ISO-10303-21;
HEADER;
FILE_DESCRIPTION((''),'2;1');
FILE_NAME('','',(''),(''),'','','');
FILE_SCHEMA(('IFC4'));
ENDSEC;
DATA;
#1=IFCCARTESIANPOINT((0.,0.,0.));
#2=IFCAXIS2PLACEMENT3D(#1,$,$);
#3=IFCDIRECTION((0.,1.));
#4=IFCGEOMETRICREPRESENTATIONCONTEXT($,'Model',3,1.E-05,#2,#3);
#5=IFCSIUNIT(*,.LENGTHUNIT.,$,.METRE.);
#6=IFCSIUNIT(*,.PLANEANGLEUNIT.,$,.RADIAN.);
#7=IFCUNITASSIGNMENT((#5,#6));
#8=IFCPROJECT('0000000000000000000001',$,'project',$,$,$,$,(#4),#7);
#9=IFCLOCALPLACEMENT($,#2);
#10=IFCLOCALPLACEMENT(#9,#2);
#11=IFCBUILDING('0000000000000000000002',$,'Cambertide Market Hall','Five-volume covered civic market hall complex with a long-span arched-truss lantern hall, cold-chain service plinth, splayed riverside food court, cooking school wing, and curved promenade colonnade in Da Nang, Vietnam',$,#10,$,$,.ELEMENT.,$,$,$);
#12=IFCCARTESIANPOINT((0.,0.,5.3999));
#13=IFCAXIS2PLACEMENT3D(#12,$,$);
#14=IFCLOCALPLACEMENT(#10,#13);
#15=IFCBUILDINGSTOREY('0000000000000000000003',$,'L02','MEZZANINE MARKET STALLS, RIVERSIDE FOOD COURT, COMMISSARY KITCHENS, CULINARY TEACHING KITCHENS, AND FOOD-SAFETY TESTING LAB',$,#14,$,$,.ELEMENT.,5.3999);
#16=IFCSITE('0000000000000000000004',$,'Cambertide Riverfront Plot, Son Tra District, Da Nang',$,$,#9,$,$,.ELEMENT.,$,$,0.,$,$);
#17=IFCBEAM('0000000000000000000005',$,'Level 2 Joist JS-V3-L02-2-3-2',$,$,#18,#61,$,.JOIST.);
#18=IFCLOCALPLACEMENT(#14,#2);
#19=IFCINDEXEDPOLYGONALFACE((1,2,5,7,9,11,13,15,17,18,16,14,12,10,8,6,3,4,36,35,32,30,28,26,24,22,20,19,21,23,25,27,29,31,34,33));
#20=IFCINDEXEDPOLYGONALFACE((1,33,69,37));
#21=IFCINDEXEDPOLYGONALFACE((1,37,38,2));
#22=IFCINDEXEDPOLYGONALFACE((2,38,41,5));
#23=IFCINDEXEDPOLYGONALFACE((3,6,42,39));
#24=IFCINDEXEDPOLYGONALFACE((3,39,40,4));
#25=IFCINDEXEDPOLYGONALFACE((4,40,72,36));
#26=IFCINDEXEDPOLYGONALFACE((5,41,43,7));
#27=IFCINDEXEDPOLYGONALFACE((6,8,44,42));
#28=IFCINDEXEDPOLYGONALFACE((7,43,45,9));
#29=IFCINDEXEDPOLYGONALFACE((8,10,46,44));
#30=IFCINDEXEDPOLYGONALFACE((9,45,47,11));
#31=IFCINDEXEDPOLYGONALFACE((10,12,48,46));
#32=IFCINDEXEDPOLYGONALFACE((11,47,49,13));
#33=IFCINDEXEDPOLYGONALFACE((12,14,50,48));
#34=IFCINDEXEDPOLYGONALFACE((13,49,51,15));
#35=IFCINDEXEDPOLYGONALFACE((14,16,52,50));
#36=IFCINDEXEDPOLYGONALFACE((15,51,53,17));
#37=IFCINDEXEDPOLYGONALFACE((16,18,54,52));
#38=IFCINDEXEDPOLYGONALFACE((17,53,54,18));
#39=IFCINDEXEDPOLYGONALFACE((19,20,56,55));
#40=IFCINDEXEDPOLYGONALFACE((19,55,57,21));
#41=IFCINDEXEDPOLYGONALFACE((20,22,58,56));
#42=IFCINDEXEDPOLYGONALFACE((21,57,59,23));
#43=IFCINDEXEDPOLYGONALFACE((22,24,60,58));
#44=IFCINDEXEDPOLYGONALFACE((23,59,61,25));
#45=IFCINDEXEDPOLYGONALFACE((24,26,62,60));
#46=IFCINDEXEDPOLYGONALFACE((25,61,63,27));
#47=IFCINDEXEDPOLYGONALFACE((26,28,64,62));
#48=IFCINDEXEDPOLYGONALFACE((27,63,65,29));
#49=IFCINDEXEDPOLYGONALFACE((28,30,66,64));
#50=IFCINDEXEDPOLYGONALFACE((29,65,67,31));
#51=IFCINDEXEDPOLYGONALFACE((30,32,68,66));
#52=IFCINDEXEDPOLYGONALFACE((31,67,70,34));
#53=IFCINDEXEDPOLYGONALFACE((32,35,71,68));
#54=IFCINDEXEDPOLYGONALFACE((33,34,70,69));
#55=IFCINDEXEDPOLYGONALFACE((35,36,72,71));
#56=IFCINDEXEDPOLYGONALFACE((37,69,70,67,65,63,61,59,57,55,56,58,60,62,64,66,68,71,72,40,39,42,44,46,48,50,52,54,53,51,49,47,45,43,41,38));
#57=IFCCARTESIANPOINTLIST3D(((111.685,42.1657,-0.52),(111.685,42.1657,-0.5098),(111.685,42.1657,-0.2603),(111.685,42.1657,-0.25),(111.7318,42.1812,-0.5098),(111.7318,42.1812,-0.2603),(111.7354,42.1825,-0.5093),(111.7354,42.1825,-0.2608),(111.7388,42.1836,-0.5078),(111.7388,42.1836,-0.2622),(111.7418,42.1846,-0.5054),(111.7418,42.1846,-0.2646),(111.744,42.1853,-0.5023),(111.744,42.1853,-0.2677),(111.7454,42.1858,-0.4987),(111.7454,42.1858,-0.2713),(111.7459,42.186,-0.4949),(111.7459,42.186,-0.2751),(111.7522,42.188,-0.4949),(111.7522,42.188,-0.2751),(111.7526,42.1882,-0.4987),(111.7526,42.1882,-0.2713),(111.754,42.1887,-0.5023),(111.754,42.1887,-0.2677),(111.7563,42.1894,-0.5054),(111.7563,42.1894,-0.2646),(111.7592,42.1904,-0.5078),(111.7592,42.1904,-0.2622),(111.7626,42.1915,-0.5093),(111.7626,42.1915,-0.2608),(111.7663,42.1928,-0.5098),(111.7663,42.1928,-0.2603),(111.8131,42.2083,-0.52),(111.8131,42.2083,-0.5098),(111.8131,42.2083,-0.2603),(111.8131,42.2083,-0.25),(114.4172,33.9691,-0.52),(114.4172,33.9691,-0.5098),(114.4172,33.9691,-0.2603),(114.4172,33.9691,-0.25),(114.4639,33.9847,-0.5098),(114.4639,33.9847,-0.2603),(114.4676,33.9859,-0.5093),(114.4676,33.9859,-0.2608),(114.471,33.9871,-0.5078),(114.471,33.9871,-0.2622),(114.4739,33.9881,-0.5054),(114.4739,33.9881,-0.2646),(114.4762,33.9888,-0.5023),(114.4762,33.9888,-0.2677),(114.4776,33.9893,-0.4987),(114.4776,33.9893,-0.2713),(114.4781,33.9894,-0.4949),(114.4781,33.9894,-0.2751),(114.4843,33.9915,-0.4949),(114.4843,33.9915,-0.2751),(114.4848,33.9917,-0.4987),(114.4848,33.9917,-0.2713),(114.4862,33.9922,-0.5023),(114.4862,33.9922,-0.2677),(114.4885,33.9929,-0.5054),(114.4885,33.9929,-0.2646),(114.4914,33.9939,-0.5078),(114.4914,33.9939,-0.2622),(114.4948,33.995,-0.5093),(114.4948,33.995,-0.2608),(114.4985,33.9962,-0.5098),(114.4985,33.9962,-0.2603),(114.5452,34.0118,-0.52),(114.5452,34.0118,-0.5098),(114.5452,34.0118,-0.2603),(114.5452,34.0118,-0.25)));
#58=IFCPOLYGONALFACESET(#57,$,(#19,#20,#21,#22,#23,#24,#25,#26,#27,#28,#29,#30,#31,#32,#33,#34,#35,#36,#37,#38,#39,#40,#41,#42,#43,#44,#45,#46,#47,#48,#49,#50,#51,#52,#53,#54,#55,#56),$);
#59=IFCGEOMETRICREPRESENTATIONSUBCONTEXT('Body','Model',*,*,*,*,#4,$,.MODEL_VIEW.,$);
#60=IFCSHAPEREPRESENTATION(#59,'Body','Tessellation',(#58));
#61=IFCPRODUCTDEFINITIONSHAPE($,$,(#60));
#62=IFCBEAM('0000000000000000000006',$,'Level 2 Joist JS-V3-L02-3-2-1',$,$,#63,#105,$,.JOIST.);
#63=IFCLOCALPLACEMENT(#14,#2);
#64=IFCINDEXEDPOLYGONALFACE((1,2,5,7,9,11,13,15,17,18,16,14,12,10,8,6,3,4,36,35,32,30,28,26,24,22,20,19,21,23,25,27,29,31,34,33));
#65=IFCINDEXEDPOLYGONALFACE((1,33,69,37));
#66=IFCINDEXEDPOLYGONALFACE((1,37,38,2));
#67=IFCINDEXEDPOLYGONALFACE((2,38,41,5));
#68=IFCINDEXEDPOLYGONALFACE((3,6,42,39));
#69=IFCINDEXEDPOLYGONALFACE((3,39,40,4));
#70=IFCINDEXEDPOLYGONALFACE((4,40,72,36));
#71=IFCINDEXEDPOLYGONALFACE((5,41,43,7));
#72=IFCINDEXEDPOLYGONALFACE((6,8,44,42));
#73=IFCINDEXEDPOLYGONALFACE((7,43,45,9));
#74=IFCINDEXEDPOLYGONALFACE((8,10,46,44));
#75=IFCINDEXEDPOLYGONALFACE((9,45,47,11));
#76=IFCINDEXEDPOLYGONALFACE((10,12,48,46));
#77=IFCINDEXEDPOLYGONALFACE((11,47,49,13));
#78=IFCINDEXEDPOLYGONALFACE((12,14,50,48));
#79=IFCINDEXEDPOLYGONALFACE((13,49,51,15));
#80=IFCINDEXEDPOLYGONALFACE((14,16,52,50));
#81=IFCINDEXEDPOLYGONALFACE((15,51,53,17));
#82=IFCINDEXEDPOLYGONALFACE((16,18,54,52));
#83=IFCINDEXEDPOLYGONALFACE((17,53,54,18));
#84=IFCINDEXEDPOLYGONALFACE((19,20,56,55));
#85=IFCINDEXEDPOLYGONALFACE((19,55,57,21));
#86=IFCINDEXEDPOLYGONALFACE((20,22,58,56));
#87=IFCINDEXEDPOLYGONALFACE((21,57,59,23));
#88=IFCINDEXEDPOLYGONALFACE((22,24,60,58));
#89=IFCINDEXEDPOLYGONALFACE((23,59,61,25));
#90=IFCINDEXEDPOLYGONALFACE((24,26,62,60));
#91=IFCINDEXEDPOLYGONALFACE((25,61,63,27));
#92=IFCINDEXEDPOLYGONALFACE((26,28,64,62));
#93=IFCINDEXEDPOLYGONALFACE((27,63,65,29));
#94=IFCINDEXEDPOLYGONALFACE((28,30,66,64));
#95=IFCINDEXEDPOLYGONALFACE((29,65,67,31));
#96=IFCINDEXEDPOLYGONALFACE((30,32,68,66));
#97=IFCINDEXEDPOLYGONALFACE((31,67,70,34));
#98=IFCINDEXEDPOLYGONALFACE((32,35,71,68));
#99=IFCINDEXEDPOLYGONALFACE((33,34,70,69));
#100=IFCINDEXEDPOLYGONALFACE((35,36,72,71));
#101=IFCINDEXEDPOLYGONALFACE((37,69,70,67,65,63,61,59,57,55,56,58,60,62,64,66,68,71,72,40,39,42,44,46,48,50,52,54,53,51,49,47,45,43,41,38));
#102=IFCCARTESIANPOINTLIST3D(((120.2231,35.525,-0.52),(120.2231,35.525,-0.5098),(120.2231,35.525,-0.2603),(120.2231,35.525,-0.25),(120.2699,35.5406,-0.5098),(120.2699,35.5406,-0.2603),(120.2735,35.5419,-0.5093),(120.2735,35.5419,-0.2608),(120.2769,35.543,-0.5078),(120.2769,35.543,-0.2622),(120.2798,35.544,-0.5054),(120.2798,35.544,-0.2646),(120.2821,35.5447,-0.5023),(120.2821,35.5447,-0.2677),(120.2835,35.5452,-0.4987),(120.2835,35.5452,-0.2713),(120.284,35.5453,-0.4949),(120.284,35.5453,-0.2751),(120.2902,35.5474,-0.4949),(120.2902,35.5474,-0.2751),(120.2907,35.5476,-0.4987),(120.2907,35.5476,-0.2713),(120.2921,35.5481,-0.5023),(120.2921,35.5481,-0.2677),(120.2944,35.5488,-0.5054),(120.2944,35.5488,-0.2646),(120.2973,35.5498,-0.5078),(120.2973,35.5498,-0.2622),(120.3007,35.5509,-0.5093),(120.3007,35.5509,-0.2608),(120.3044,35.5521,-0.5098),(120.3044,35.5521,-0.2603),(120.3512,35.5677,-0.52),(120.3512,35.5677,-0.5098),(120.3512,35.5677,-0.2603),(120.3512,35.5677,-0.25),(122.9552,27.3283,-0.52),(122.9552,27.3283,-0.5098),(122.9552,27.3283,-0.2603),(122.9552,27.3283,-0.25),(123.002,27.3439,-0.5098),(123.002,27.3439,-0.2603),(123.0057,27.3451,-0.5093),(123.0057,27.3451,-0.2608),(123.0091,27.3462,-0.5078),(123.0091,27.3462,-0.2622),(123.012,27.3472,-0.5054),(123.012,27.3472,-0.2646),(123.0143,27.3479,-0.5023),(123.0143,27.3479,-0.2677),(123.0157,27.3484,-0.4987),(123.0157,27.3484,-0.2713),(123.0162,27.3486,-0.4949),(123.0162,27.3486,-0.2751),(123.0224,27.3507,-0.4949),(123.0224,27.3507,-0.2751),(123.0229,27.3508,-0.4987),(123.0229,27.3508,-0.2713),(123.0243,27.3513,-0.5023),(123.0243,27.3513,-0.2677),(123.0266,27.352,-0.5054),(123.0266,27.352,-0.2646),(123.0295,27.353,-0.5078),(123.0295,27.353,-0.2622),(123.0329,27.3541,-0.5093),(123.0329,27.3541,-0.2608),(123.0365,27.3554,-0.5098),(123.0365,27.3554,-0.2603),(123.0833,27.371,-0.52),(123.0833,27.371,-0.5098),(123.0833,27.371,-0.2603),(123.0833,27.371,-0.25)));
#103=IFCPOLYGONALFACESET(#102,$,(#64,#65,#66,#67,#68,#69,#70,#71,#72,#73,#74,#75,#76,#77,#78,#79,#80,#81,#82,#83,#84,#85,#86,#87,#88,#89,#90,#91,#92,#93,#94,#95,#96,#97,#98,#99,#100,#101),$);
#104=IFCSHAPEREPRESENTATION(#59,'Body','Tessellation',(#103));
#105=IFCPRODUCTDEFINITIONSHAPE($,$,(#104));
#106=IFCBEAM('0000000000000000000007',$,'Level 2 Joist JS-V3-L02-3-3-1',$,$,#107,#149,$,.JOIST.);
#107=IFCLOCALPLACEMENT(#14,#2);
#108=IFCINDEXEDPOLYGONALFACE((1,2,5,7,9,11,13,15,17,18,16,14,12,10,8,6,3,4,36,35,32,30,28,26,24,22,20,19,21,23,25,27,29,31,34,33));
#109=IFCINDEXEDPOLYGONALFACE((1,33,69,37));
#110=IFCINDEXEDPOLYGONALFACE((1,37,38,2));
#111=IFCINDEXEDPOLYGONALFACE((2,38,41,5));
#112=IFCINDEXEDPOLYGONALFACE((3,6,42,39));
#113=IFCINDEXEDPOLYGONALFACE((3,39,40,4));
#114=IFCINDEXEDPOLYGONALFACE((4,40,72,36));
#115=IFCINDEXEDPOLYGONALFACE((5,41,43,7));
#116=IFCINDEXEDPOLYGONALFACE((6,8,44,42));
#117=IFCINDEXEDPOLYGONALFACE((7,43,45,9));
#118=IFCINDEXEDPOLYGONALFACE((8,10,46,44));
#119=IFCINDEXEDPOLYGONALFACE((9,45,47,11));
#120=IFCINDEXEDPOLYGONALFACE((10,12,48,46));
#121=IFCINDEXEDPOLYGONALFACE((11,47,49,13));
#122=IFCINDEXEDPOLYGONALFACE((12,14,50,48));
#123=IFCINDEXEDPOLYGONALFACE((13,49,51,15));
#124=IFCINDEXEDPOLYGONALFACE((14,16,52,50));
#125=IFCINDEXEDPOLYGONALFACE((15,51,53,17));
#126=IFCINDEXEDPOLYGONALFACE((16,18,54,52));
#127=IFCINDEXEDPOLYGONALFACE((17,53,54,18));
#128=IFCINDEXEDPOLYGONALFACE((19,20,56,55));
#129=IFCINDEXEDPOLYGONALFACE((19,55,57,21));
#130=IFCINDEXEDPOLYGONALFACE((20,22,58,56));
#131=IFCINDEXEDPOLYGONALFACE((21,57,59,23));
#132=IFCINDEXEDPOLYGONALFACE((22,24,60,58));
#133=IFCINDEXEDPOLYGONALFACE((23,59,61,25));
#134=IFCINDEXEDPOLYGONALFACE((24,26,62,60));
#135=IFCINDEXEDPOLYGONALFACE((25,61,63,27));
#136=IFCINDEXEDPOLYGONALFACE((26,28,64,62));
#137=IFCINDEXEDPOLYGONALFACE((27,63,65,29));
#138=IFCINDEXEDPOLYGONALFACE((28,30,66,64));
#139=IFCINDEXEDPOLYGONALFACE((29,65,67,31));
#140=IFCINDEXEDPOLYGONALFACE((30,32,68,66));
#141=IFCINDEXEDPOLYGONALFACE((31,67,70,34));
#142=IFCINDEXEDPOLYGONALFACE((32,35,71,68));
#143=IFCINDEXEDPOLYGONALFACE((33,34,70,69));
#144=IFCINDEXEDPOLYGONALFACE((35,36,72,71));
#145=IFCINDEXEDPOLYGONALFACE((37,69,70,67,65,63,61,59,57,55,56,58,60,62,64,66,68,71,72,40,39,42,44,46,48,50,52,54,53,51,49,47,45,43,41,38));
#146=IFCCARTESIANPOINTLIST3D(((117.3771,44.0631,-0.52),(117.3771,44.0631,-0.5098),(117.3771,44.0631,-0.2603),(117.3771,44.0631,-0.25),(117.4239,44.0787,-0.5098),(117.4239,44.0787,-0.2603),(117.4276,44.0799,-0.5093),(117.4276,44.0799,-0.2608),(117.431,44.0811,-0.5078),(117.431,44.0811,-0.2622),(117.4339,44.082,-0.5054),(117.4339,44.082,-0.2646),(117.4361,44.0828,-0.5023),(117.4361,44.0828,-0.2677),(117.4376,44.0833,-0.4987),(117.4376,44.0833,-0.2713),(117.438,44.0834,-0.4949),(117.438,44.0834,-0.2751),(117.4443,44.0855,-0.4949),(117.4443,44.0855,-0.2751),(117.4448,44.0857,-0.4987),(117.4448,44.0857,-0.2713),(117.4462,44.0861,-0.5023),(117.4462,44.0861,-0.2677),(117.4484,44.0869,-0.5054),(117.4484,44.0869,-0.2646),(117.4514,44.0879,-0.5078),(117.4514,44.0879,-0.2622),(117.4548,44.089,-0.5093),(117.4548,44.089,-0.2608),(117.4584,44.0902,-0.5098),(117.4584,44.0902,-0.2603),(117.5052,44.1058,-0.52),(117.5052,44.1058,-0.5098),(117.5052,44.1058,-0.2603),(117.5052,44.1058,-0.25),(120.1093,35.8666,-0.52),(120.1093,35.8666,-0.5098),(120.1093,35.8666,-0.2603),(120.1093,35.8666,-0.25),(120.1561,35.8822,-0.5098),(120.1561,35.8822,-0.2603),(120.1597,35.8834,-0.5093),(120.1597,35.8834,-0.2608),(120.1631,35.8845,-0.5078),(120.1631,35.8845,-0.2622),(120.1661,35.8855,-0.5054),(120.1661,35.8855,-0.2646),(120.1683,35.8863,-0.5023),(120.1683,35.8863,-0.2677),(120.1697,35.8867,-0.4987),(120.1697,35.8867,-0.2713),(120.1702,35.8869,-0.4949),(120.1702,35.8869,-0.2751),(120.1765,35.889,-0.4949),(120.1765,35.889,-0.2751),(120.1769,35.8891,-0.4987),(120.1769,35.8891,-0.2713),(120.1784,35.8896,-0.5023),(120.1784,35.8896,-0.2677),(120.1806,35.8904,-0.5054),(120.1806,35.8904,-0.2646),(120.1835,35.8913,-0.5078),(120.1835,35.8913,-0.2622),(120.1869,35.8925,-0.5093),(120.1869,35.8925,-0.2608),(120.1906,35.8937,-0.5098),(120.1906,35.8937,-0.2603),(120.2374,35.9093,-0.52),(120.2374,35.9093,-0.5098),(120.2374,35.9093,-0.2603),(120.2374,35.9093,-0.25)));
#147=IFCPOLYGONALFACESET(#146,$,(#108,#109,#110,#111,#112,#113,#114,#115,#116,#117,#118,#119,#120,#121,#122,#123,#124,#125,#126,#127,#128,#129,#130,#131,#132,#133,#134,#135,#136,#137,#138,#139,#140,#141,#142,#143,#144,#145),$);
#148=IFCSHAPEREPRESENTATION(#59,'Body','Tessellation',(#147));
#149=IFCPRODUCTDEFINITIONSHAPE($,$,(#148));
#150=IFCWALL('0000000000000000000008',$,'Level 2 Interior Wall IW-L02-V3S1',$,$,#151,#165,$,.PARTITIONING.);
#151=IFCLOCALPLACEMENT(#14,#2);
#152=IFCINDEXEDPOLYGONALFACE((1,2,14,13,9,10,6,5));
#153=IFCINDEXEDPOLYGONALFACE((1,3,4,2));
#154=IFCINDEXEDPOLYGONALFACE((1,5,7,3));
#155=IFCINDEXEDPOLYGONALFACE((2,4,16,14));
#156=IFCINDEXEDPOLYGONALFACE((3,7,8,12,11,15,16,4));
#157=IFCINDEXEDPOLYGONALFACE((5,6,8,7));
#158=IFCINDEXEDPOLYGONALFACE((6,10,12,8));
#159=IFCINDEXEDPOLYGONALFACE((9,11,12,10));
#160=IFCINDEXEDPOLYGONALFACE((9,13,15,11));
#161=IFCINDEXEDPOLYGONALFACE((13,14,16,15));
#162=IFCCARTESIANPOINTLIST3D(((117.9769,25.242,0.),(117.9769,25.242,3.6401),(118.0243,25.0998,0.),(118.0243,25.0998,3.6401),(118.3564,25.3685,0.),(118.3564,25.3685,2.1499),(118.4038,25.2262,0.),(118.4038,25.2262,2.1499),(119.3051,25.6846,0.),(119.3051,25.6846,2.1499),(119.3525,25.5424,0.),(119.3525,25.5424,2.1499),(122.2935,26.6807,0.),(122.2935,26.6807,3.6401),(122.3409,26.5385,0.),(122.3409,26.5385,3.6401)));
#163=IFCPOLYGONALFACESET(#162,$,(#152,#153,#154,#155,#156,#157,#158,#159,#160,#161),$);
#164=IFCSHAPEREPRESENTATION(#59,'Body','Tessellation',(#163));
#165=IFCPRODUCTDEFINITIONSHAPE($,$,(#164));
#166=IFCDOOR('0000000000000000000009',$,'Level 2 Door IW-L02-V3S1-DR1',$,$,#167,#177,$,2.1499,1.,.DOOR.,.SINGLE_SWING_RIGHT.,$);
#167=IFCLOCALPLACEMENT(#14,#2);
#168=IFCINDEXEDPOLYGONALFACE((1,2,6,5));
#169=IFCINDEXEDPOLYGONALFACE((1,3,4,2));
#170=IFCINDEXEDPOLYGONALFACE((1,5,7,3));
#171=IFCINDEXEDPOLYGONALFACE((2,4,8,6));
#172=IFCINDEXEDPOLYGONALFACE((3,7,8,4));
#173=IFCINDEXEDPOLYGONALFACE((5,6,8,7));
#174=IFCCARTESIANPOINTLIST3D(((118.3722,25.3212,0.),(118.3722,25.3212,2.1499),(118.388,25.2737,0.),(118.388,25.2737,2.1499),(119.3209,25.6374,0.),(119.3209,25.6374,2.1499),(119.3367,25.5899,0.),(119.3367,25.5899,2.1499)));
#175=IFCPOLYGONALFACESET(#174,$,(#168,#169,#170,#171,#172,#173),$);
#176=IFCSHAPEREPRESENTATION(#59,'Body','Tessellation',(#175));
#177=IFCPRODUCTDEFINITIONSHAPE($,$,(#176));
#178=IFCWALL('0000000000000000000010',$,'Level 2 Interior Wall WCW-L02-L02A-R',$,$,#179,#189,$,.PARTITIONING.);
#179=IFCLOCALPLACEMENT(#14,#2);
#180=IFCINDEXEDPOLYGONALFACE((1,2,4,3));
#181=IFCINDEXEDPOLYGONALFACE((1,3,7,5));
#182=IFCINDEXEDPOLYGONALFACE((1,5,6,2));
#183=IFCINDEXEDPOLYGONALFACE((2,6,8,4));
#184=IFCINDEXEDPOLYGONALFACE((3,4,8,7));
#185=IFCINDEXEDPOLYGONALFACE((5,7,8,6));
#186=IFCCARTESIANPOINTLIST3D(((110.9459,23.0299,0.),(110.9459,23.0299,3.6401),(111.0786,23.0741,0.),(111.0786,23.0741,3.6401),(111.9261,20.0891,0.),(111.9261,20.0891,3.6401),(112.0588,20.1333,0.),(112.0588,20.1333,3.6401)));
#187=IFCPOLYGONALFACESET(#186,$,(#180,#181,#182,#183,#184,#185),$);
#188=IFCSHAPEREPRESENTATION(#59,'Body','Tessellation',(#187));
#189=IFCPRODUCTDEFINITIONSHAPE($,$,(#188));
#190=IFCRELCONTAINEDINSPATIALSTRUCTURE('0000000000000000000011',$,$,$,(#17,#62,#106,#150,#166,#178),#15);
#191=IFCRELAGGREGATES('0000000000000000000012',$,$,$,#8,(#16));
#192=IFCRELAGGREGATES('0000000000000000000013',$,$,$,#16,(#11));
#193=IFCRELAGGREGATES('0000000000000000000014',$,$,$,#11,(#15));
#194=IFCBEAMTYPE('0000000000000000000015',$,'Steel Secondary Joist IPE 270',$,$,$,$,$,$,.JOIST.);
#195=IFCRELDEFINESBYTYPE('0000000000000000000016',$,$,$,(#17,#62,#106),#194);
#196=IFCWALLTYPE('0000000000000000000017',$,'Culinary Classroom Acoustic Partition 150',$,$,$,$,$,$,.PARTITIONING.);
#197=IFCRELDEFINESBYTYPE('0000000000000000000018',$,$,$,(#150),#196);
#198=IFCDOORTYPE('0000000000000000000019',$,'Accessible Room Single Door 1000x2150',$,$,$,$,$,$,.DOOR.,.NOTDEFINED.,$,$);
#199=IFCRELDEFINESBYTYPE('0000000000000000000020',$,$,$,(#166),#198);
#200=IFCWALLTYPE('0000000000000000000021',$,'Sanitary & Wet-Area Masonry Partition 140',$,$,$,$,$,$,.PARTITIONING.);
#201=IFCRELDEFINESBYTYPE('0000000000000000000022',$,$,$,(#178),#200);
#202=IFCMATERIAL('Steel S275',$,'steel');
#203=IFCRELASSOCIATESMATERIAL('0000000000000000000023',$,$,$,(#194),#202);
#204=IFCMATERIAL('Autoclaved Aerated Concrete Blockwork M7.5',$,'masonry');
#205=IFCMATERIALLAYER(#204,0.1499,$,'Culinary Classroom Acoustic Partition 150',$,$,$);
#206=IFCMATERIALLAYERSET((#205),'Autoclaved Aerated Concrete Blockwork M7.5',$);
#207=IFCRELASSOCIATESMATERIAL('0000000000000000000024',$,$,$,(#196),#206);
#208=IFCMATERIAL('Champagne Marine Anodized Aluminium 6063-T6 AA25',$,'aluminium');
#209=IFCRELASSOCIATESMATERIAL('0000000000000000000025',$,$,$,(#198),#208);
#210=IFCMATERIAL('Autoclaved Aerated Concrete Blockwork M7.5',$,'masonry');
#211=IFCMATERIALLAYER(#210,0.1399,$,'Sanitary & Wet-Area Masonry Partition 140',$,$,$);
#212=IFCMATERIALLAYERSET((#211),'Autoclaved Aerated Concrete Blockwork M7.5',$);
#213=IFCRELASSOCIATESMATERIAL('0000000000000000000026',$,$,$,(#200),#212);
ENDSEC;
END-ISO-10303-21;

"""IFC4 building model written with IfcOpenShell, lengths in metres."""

from ifc_helpers import new_model, si_unit, direction, frame, frame_2d, origin, origin_2d, place, context, subcontext, project, spatial, rectangle, i_section, extrude, material, layer, layer_set, material_profile, profile_set, type_object, element, fill, save


model = new_model("IFC4")

# Units and contexts
model_context = context("Model", 3, precision=1e-05, world=origin(), true_north=direction((0.0, 1.0)))
body_context = subcontext(model_context, "Body", "Model", "MODEL_VIEW")
ifc_project = project(units=[si_unit("LENGTHUNIT", "METRE"), si_unit("PLANEANGLEUNIT", "RADIAN")], contexts=[model_context])

# Site, building, storey
site_placement = place(None, origin())
site = spatial("IfcSite", under=ifc_project, at=site_placement, Name="Cambertide Riverfront Plot, Son Tra District, Da Nang", CompositionType="ELEMENT", RefElevation=0.0)
building_placement = place(site_placement, origin())
building = spatial("IfcBuilding", under=site, at=building_placement, Name="Cambertide Market Hall", Description="Five-volume covered civic market hall complex with a long-span arched-truss lantern hall, cold-chain service plinth, splayed riverside food court, cooking school wing, and curved promenade colonnade in Da Nang, Vietnam", CompositionType="ELEMENT")
storey_placement = place(building_placement, frame((0.0, 0.0, 5.3999)))
storey = spatial("IfcBuildingStorey", under=building, at=storey_placement, Name="L02", Description="MEZZANINE MARKET STALLS, RIVERSIDE FOOD COURT, COMMISSARY KITCHENS, CULINARY TEACHING KITCHENS, AND FOOD-SAFETY TESTING LAB", CompositionType="ELEMENT", Elevation=5.3999)

# Beams
ifc_material_1 = material(Name="Steel S275", Category="steel")
ifc_material_profile_1 = material_profile(ifc_material_1, i_section(OverallWidth=0.135, OverallDepth=0.27, WebThickness=0.0066, FlangeThickness=0.0103, FilletRadius=0.0149, at=origin_2d()), Name="IPE 270")
ifc_profile_set_1 = profile_set([ifc_material_profile_1], Name="Steel S275")
beam_type_1 = type_object("IfcBeamType", Name="Steel Secondary Joist IPE 270", PredefinedType="JOIST", material=ifc_profile_set_1)
beam_1_placement = place(storey_placement, frame((114.4812, 33.9905, -0.385), z_axis=(-0.316228, 0.948683, 0.0), x_axis=(-0.948683, -0.316228, 0.0)))
element("IfcBeam", 1, at=beam_1_placement, inside=storey, type_object=beam_type_1, Name="Level 2 Joist JS-V3-L02-2-3-2", PredefinedType="JOIST", context=body_context, shape_type="SweptSolid", body=[
    extrude(i_section(OverallWidth=0.135, OverallDepth=0.27, WebThickness=0.0066, FlangeThickness=0.0103, FilletRadius=0.0149, at=origin_2d()), origin(), (0.0, 0.0, 1.0), 8.6399),
])
beam_2_placement = place(storey_placement, frame((123.0193, 27.3496, -0.385), z_axis=(-0.316219, 0.948686, 0.0), x_axis=(-0.948686, -0.316219, 0.0)))
element("IfcBeam", 2, at=beam_2_placement, inside=storey, type_object=beam_type_1, Name="Level 2 Joist JS-V3-L02-3-2-1", PredefinedType="JOIST", context=body_context, shape_type="SweptSolid", body=[
    extrude(i_section(OverallWidth=0.135, OverallDepth=0.27, WebThickness=0.0066, FlangeThickness=0.0103, FilletRadius=0.0149, at=origin_2d()), origin(), (0.0, 0.0, 1.0), 8.6401),
])
beam_3_placement = place(storey_placement, frame((120.1733, 35.8879, -0.385), z_axis=(-0.316228, 0.948683, 0.0), x_axis=(-0.948683, -0.316228, 0.0)))
element("IfcBeam", 3, at=beam_3_placement, inside=storey, type_object=beam_type_1, Name="Level 2 Joist JS-V3-L02-3-3-1", PredefinedType="JOIST", context=body_context, shape_type="SweptSolid", body=[
    extrude(i_section(OverallWidth=0.135, OverallDepth=0.27, WebThickness=0.0066, FlangeThickness=0.0103, FilletRadius=0.0149, at=origin_2d()), origin(), (0.0, 0.0, 1.0), 8.6399),
])

# Wall, opening, door
ifc_material_2 = material(Name="Autoclaved Aerated Concrete Blockwork M7.5", Category="masonry")
ifc_layer_1 = layer(ifc_material_2, 0.1499, Name="Culinary Classroom Acoustic Partition 150")
ifc_layer_set_1 = layer_set([ifc_layer_1], Name="Autoclaved Aerated Concrete Blockwork M7.5")
wall_type_1 = type_object("IfcWallType", Name="Culinary Classroom Acoustic Partition 150", PredefinedType="PARTITIONING", material=ifc_layer_set_1)
wall_1_placement = place(storey_placement, frame((118.0007, 25.1709, 0.0), z_axis=(0.0, 0.0, 1.0), x_axis=(0.948694, 0.316196, 0.0)))
wall_1 = element("IfcWall", 4, at=wall_1_placement, inside=storey, type_object=wall_type_1, Name="Level 2 Interior Wall IW-L02-V3S1", PredefinedType="PARTITIONING", context=body_context, shape_type="SweptSolid", body=[
    extrude(rectangle(XDim=4.55, YDim=0.1499, at=frame_2d((2.2749, 0.0))), origin(), (0.0, 0.0, 1.0), 3.6401),
])
opening_1_placement = place(wall_1_placement, frame((0.3999, 0.0, 0.0)))
opening_1 = element("IfcOpeningElement", 5, at=opening_1_placement, cuts=wall_1, PredefinedType="OPENING", context=body_context, shape_type="SweptSolid", body=[
    extrude(rectangle(XDim=1.0, YDim=2.1499, at=frame_2d((0.5, 1.075))), frame((0.0, 0.085, 0.0), z_axis=(0.0, -1.0, 0.0), x_axis=(1.0, 0.0, 0.0)), (0.0, 0.0, 1.0), 0.1699),
])
ifc_material_3 = material(Name="Champagne Marine Anodized Aluminium 6063-T6 AA25", Category="aluminium")
door_type_1 = type_object("IfcDoorType", Name="Accessible Room Single Door 1000x2150", OperationType="NOTDEFINED", PredefinedType="DOOR", material=ifc_material_3)
door_1_placement = place(opening_1_placement, frame((1.0, 0.0, 0.0), z_axis=(0.0, 0.0, 1.0), x_axis=(-1.0, 0.0, 0.0)))
door_1 = element("IfcDoor", 6, at=door_1_placement, inside=storey, type_object=door_type_1, Name="Level 2 Door IW-L02-V3S1-DR1", OperationType="SINGLE_SWING_RIGHT", OverallHeight=2.1499, OverallWidth=1.0, PredefinedType="DOOR", context=body_context, shape_type="SweptSolid", body=[
    extrude(rectangle(XDim=1.0, YDim=2.1499, at=frame_2d((0.5, 1.075))), frame((0.0, 0.0249, 0.0), z_axis=(0.0, -1.0, 0.0), x_axis=(1.0, 0.0, 0.0)), (0.0, 0.0, 1.0), 0.05),
])
fill(opening_1, door_1)
ifc_material_4 = material(Name="Autoclaved Aerated Concrete Blockwork M7.5", Category="masonry")
ifc_layer_2 = layer(ifc_material_4, 0.1399, Name="Sanitary & Wet-Area Masonry Partition 140")
ifc_layer_set_2 = layer_set([ifc_layer_2], Name="Autoclaved Aerated Concrete Blockwork M7.5")
wall_type_2 = type_object("IfcWallType", Name="Sanitary & Wet-Area Masonry Partition 140", PredefinedType="PARTITIONING", material=ifc_layer_set_2)

# Wall
wall_2_placement = place(storey_placement, frame((111.9924, 20.1113, 0.0), z_axis=(0.0, 0.0, 1.0), x_axis=(-0.316204, 0.948691, 0.0)))
element("IfcWall", 7, at=wall_2_placement, inside=storey, type_object=wall_type_2, Name="Level 2 Interior Wall WCW-L02-L02A-R", PredefinedType="PARTITIONING", context=body_context, shape_type="SweptSolid", body=[
    extrude(rectangle(XDim=3.0999, YDim=0.1399, at=frame_2d((1.5498, 0.0))), origin(), (0.0, 0.0, 1.0), 3.6401),
])

save(model, "model.ifc")
